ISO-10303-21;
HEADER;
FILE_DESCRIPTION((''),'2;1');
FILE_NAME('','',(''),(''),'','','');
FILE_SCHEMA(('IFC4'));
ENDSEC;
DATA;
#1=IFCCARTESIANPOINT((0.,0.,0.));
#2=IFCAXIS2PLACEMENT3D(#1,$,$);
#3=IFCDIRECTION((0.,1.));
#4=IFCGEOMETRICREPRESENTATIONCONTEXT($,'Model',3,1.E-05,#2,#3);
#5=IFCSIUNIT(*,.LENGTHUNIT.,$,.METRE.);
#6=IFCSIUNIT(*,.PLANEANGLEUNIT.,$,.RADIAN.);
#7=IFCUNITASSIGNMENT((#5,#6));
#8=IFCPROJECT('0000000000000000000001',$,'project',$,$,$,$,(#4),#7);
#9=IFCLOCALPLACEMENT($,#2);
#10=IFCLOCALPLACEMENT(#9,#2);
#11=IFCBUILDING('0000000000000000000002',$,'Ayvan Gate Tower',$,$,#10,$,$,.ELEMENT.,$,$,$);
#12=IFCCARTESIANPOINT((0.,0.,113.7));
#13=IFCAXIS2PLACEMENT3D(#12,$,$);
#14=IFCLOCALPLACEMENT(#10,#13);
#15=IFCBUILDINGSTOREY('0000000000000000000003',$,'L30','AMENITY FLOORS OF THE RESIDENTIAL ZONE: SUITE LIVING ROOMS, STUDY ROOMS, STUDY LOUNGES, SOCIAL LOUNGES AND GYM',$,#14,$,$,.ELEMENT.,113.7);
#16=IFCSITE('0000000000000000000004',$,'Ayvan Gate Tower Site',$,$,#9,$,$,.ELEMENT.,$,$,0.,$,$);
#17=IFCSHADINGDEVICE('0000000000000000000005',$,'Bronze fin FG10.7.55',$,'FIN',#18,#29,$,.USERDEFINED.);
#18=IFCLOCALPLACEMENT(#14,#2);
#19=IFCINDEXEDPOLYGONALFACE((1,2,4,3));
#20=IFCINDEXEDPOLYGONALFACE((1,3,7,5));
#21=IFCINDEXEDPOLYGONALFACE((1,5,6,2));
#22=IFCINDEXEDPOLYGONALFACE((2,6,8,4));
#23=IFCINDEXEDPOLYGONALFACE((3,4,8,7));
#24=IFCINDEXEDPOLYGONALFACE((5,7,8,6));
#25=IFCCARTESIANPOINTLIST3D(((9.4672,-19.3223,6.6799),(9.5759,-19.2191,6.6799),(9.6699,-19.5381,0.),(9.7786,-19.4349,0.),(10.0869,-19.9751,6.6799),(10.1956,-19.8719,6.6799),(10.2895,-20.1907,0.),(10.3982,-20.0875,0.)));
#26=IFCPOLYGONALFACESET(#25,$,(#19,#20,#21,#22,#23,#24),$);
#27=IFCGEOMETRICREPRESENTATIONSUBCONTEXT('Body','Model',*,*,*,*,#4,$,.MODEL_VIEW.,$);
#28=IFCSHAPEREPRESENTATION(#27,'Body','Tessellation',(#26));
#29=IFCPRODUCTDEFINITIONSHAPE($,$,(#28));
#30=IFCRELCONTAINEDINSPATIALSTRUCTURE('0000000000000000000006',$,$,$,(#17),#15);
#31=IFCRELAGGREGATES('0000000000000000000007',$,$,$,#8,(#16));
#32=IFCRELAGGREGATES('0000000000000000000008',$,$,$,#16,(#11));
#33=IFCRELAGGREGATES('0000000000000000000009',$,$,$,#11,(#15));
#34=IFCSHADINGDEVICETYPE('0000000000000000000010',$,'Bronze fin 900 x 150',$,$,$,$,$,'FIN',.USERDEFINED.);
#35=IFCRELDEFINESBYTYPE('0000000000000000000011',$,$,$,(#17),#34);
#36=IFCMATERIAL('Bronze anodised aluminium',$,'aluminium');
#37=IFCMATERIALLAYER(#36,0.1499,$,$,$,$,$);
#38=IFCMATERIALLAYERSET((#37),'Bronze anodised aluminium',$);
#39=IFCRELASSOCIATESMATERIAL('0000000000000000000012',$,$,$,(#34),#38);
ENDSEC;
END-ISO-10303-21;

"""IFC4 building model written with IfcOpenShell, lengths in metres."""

from ifc_helpers import new_model, si_unit, direction, frame, origin, place, context, subcontext, project, spatial, polyline, outline, extrude, material, layer, layer_set, type_object, element, save


model = new_model("IFC4")

# Units and contexts
model_context = context("Model", 3, precision=1e-05, world=origin(), true_north=direction((0.0, 1.0)))
body_context = subcontext(model_context, "Body", "Model", "MODEL_VIEW")
ifc_project = project(units=[si_unit("LENGTHUNIT", "METRE"), si_unit("PLANEANGLEUNIT", "RADIAN")], contexts=[model_context])

# Site, building, storey
site_placement = place(None, origin())
site = spatial("IfcSite", under=ifc_project, at=site_placement, Name="Ayvan Gate Tower Site", CompositionType="ELEMENT", RefElevation=0.0)
building_placement = place(site_placement, origin())
building = spatial("IfcBuilding", under=site, at=building_placement, Name="Ayvan Gate Tower", CompositionType="ELEMENT")
storey_placement = place(building_placement, frame((0.0, 0.0, 113.7)))
storey = spatial("IfcBuildingStorey", under=building, at=storey_placement, Name="L30", Description="AMENITY FLOORS OF THE RESIDENTIAL ZONE: SUITE LIVING ROOMS, STUDY ROOMS, STUDY LOUNGES, SOCIAL LOUNGES AND GYM", CompositionType="ELEMENT", Elevation=113.7)

# Shared definitions
ifc_material_1 = material(Name="Bronze anodised aluminium", Category="aluminium")

# Shading device
ifc_layer_1 = layer(ifc_material_1, 0.1499)
ifc_layer_set_1 = layer_set([ifc_layer_1], Name="Bronze anodised aluminium")
shading_device_type = type_object("IfcShadingDeviceType", Name="Bronze fin 900 x 150", ElementType="FIN", PredefinedType="USERDEFINED", material=ifc_layer_set_1)
shading_device_1_placement = place(storey_placement, frame((9.6699, -19.5381, 0.0), z_axis=(-0.725247, -0.688489, 0.000231), x_axis=(0.688489, -0.725247, 0.0)))
element("IfcShadingDevice", 1, at=shading_device_1_placement, inside=storey, type_object=shading_device_type, Name="Bronze fin FG10.7.55", ObjectType="FIN", PredefinedType="USERDEFINED", context=body_context, shape_type="SweptSolid", body=[
    extrude(outline(polyline([(0.0, 0.0), (0.8999, 0.0), (0.604, 6.6799), (-0.296, 6.6799), (0.0, 0.0)])), origin(), (0.0, 0.0, -1.0), 0.1499),
])

save(model, "model.ifc")
